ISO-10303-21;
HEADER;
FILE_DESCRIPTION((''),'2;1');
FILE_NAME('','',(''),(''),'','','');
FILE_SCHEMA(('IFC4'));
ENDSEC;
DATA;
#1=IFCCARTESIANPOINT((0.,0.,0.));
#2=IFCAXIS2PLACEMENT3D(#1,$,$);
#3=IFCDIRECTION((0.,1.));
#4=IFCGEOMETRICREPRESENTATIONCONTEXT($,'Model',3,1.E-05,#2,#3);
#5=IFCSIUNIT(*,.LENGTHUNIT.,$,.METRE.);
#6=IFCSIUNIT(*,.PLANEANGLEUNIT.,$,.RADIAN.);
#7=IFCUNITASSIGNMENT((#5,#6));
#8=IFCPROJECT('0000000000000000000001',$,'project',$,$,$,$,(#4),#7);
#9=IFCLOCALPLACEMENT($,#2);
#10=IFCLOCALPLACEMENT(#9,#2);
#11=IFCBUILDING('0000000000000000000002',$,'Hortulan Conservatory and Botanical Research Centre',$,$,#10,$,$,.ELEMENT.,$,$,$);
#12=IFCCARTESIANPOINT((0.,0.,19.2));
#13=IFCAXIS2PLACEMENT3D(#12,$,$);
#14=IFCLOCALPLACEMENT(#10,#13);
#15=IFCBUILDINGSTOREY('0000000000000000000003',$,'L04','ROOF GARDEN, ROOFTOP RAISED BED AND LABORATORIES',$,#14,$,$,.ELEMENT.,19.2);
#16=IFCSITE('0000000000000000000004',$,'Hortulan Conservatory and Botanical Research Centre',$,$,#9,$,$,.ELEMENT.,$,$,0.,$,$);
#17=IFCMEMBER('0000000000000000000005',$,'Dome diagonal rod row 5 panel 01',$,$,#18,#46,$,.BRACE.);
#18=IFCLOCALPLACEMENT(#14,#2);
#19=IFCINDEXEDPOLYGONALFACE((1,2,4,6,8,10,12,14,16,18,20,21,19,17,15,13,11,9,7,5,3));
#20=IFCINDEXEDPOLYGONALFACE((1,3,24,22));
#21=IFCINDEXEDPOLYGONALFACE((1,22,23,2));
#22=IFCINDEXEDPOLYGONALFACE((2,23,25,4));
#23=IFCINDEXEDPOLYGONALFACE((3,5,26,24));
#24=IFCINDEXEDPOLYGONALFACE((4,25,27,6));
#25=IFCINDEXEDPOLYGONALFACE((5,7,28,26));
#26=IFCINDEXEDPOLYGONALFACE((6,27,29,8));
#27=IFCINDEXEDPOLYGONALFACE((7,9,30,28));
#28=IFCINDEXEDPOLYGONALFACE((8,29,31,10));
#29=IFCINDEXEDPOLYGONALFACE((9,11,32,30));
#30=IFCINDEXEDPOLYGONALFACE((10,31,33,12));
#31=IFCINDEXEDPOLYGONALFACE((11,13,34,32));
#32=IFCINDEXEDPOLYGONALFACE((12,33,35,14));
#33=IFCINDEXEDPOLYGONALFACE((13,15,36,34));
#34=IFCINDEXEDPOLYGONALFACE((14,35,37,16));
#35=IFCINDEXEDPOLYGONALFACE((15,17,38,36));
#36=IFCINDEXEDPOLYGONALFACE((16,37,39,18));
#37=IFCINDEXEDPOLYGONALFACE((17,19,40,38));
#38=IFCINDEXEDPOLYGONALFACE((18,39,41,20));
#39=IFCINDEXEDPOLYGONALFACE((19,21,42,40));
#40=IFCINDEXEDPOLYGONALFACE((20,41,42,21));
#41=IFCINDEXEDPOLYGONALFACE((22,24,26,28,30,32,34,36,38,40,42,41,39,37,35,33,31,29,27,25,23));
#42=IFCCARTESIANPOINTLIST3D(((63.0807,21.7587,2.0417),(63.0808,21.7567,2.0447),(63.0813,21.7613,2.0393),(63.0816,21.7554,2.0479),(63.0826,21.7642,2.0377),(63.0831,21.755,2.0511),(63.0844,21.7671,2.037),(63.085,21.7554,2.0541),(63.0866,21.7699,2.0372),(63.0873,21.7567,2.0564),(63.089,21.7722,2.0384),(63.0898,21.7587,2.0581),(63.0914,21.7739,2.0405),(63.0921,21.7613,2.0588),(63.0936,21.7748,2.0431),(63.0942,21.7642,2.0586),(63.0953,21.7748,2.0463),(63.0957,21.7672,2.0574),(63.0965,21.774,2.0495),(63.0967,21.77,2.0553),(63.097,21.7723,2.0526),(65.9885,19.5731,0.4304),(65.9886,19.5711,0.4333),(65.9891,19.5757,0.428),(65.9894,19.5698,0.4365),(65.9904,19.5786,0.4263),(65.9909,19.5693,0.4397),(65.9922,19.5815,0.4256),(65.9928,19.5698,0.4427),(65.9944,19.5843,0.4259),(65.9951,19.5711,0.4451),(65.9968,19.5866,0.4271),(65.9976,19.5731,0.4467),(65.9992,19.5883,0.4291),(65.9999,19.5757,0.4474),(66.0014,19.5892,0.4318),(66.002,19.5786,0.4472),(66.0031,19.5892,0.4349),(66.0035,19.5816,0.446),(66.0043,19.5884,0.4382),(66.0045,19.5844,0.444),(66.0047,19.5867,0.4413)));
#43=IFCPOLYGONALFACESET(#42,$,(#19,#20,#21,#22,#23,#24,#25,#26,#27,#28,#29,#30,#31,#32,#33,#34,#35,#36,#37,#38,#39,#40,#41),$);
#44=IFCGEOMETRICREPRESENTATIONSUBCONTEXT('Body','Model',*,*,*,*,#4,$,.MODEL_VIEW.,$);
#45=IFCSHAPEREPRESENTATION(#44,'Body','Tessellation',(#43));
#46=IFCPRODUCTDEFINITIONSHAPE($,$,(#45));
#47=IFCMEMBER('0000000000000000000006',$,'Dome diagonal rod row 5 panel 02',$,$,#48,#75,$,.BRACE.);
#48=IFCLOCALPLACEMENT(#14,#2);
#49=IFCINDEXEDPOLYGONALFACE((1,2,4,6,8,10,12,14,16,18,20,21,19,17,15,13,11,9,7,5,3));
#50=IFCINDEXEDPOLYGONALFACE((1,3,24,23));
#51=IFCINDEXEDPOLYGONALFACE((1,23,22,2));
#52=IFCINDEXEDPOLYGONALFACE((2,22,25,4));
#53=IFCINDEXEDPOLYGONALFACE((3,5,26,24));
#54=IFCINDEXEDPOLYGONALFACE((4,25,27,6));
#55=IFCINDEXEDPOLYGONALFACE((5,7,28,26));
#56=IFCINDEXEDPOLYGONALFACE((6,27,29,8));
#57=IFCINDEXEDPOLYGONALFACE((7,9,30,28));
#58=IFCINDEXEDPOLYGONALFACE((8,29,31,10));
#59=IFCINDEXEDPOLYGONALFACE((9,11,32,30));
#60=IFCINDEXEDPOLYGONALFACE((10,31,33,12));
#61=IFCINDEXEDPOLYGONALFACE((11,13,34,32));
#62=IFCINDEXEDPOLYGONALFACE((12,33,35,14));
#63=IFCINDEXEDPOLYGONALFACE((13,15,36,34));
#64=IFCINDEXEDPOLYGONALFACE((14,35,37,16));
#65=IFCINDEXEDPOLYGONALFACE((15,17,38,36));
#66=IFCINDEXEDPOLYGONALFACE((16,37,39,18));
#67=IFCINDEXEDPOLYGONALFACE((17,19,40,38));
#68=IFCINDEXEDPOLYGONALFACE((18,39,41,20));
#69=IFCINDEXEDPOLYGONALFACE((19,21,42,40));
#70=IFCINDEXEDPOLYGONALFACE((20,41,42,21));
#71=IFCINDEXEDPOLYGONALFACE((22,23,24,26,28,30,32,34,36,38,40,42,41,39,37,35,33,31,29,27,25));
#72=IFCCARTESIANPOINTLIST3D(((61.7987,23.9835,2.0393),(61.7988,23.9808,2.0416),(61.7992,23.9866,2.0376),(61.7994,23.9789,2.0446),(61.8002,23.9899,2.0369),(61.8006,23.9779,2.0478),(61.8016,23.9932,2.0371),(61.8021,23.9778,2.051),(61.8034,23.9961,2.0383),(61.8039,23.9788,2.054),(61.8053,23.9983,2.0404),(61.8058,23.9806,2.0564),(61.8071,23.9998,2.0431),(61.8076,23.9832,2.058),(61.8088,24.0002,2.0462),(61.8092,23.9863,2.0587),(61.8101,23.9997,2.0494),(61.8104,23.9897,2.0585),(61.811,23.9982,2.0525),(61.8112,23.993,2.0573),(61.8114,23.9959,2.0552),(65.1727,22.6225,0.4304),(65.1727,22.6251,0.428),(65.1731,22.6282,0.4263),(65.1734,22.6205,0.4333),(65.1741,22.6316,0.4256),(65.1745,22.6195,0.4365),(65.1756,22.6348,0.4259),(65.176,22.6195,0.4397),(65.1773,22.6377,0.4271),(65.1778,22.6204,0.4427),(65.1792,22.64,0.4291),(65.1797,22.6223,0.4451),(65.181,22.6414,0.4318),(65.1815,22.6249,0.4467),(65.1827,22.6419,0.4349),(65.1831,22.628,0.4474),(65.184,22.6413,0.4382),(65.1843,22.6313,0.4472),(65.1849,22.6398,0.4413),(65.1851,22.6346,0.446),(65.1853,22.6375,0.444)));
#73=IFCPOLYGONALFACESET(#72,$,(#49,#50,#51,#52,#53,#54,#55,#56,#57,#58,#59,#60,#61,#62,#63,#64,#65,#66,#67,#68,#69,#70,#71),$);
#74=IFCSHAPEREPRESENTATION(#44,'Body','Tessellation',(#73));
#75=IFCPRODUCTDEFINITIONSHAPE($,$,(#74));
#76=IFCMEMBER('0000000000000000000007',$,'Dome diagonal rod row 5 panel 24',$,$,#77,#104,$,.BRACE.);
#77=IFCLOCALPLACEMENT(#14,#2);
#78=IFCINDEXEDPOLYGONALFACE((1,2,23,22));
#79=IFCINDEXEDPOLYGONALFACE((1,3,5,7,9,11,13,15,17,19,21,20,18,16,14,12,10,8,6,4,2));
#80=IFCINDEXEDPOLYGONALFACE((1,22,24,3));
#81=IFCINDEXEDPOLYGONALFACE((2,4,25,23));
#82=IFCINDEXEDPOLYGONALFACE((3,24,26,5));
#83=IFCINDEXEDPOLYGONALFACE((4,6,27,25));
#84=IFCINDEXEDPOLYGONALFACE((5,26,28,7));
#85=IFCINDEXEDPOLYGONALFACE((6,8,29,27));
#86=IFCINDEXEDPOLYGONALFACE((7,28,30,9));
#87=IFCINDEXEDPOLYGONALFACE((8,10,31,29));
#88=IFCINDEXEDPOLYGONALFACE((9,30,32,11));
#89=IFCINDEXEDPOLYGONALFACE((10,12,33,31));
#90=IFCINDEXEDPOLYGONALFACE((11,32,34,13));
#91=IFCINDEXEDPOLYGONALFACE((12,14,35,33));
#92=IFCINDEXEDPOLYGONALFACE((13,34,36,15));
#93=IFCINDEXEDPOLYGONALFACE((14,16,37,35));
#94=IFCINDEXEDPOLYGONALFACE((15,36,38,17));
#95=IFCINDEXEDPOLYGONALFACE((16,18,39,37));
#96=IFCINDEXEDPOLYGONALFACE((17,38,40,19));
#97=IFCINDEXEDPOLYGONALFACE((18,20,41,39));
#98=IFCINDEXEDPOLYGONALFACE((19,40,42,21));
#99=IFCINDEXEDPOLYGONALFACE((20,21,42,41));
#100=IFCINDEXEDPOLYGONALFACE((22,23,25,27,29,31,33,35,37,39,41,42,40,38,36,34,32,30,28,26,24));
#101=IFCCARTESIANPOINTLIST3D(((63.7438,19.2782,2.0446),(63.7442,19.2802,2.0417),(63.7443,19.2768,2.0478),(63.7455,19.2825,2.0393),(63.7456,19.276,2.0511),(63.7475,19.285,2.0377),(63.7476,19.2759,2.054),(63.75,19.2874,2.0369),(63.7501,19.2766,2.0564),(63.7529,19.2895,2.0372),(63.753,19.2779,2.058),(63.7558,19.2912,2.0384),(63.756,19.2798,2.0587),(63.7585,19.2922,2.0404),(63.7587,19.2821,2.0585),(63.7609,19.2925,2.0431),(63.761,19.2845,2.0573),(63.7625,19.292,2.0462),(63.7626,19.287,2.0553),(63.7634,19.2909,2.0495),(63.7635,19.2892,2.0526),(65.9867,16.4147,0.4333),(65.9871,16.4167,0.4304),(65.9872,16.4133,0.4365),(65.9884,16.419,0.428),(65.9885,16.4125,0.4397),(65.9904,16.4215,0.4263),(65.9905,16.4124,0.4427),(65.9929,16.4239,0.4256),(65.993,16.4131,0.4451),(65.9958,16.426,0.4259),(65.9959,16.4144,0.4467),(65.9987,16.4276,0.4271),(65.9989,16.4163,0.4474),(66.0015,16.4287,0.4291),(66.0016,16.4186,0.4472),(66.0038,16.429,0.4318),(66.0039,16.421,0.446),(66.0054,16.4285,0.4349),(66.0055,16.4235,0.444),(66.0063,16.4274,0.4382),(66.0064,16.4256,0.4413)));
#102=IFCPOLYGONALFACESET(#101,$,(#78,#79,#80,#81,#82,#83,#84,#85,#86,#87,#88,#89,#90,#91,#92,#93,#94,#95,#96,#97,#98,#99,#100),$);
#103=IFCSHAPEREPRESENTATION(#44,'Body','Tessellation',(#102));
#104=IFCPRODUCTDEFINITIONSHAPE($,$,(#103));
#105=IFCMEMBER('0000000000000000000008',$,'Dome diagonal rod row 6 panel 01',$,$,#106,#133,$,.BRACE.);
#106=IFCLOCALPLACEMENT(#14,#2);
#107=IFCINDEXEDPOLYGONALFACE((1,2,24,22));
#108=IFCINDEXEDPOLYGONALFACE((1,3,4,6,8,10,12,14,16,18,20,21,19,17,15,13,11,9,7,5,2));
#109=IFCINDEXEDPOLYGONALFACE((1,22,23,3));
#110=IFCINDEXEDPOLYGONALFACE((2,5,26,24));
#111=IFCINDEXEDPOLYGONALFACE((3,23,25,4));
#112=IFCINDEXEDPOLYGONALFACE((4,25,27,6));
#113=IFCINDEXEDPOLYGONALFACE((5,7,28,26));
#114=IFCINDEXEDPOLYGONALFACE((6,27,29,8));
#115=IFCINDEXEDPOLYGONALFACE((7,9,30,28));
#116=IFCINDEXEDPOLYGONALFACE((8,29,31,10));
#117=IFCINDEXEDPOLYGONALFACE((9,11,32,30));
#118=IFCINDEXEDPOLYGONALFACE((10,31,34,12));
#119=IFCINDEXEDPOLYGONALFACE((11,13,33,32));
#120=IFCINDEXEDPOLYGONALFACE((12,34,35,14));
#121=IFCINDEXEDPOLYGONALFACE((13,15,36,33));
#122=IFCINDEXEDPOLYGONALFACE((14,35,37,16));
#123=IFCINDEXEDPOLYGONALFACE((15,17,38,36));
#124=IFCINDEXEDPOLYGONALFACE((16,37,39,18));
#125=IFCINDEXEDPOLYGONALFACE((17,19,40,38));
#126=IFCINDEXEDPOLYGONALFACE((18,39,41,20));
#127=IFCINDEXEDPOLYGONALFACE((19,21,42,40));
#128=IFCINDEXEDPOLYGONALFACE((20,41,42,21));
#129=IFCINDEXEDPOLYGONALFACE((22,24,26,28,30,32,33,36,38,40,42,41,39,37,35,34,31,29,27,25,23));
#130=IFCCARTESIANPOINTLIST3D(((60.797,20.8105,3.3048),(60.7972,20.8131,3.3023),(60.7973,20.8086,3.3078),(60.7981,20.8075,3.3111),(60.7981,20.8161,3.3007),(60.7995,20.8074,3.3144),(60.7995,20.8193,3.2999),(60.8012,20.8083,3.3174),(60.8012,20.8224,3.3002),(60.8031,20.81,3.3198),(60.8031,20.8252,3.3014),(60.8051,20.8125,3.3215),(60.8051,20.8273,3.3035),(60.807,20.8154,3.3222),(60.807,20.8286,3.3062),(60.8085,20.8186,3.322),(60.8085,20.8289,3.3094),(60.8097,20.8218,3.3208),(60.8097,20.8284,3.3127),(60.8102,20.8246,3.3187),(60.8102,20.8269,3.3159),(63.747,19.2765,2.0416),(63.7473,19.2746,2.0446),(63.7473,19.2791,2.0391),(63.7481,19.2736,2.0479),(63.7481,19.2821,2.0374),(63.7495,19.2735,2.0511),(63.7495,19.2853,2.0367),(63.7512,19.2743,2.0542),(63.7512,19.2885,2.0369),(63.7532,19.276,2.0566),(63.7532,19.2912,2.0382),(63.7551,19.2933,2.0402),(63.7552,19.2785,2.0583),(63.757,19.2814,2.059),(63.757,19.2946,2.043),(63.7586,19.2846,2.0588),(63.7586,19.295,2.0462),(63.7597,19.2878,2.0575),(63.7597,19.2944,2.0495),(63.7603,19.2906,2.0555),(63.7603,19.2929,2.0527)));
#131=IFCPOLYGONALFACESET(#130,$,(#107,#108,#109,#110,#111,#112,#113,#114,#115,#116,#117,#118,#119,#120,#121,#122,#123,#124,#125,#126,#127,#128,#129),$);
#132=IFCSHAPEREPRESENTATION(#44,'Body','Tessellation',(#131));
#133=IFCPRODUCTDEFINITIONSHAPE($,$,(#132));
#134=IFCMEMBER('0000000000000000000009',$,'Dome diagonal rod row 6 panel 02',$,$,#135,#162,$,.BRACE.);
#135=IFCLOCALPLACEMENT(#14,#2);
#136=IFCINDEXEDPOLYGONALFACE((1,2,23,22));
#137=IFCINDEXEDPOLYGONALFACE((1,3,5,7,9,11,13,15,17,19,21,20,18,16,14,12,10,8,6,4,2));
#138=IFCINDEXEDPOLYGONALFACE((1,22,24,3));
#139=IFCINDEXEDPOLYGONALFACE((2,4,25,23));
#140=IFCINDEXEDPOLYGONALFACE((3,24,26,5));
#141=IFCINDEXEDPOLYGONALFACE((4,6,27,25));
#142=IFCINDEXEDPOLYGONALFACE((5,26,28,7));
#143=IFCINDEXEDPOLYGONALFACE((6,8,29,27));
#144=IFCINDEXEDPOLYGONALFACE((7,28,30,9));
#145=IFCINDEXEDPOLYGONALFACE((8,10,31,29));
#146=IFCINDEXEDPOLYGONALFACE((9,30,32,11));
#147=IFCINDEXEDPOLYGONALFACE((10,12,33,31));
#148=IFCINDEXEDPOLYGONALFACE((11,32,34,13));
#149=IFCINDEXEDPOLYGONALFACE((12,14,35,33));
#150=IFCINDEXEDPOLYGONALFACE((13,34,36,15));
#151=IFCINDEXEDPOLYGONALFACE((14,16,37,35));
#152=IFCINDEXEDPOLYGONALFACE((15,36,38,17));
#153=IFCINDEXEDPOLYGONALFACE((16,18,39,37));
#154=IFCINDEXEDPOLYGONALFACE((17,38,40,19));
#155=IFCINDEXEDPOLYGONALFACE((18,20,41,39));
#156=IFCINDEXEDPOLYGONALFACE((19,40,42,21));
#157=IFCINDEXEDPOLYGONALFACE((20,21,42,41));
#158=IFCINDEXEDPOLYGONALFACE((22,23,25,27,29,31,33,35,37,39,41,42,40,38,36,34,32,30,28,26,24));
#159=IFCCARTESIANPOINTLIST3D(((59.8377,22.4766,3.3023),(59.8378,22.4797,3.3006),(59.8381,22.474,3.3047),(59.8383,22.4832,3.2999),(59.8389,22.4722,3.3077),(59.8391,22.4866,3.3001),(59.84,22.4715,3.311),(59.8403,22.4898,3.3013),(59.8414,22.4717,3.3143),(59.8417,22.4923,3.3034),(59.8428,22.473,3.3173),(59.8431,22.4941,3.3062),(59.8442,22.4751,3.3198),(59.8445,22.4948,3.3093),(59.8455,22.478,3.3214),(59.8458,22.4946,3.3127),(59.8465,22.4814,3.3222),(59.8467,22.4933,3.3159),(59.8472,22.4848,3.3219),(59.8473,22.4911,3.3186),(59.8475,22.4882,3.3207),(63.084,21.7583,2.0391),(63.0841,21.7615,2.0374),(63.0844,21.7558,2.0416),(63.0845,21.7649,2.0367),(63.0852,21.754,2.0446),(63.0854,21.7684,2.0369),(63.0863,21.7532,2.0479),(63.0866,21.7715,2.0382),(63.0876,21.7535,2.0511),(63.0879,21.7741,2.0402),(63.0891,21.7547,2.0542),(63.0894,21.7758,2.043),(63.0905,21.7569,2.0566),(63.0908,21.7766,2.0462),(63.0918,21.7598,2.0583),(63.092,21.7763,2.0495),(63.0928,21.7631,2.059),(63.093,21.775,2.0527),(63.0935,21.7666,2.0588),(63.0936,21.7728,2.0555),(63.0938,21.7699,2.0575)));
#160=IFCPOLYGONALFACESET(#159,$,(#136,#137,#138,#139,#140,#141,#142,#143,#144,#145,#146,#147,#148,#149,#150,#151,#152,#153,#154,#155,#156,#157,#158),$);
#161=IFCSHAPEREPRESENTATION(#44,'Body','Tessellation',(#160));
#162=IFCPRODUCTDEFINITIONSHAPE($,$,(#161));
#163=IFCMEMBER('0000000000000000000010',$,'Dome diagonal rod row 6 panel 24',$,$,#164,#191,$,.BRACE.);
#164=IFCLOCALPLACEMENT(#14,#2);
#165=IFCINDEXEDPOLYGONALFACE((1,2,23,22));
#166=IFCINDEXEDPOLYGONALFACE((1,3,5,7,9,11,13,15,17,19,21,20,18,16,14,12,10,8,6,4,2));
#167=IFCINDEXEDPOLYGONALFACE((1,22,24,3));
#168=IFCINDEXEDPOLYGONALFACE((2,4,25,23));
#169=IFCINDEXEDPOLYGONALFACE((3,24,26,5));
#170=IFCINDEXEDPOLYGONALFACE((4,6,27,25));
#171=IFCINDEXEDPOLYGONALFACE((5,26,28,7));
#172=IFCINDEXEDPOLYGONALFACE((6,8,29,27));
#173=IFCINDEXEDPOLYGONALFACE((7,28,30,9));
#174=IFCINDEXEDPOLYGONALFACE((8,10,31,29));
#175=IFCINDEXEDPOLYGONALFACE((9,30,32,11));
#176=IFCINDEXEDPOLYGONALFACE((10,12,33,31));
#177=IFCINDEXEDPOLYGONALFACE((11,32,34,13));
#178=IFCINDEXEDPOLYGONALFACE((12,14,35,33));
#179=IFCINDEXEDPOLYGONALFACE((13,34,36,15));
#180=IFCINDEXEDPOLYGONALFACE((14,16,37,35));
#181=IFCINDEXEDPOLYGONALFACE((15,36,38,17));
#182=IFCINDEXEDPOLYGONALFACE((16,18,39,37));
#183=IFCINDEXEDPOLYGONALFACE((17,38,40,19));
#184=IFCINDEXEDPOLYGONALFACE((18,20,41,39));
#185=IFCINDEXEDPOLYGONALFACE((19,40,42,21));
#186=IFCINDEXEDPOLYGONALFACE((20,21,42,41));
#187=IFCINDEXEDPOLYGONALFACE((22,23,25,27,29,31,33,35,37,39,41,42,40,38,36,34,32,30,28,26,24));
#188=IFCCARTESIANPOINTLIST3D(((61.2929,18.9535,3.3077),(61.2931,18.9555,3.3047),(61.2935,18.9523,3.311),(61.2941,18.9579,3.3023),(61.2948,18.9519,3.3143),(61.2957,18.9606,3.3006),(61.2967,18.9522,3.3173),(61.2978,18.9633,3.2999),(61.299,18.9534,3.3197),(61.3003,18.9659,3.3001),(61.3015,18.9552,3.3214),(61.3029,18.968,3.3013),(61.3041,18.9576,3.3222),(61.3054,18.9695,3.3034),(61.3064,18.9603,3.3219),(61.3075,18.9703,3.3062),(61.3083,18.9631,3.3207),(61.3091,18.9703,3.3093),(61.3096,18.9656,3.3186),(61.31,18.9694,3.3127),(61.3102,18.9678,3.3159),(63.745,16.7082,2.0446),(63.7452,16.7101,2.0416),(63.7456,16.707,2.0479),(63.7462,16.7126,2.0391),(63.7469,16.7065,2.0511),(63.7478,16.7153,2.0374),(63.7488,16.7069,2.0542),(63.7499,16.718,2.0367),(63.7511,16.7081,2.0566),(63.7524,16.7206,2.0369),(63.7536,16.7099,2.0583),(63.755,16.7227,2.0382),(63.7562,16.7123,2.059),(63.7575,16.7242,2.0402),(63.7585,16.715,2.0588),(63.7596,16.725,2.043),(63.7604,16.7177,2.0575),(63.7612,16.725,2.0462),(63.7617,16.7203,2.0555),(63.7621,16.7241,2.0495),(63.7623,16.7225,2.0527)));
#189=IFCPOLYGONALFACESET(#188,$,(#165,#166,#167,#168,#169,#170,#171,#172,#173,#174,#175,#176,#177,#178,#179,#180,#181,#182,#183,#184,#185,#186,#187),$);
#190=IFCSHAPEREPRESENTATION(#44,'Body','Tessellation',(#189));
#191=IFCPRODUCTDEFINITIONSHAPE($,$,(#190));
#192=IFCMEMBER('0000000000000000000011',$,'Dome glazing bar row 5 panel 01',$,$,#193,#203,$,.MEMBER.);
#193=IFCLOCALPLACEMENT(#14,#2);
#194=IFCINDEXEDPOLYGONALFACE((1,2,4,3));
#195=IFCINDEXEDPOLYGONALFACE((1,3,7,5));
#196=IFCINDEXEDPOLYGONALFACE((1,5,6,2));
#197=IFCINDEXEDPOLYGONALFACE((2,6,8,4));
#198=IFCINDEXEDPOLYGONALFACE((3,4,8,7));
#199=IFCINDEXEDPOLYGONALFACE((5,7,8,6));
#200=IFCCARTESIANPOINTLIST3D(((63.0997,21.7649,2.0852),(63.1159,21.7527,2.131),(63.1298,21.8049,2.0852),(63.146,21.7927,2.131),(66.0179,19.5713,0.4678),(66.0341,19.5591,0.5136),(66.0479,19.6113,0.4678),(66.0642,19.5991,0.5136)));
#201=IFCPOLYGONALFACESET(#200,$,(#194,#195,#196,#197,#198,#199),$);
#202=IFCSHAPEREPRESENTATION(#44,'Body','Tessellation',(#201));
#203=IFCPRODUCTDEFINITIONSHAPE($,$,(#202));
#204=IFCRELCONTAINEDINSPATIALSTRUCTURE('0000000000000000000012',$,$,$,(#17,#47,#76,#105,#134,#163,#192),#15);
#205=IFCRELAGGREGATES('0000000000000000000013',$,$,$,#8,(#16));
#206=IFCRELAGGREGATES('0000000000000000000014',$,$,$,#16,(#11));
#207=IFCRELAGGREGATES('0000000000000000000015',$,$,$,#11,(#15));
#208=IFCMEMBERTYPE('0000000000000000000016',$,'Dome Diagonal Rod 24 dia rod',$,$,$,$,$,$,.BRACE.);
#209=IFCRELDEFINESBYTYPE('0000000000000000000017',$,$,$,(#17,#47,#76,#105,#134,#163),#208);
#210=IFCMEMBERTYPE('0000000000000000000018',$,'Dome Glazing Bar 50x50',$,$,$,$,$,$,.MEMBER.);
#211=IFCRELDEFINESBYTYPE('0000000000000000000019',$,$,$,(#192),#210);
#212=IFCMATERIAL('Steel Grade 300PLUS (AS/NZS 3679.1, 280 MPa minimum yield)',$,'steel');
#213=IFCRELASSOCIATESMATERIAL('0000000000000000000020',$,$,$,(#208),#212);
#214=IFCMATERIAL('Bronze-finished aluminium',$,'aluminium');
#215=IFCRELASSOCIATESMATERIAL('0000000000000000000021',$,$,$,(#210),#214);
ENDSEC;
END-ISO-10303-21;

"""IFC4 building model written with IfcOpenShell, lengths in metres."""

from ifc_helpers import new_model, si_unit, direction, frame, origin, origin_2d, place, context, subcontext, project, spatial, rectangle, circle, extrude, material, material_profile, profile_set, type_object, element, save


model = new_model("IFC4")

# Units and contexts
model_context = context("Model", 3, precision=1e-05, world=origin(), true_north=direction((0.0, 1.0)))
body_context = subcontext(model_context, "Body", "Model", "MODEL_VIEW")
ifc_project = project(units=[si_unit("LENGTHUNIT", "METRE"), si_unit("PLANEANGLEUNIT", "RADIAN")], contexts=[model_context])

# Site, building, storey
site_placement = place(None, origin())
site = spatial("IfcSite", under=ifc_project, at=site_placement, Name="Hortulan Conservatory and Botanical Research Centre", CompositionType="ELEMENT", RefElevation=0.0)
building_placement = place(site_placement, origin())
building = spatial("IfcBuilding", under=site, at=building_placement, Name="Hortulan Conservatory and Botanical Research Centre", CompositionType="ELEMENT")
storey_placement = place(building_placement, frame((0.0, 0.0, 19.2)))
storey = spatial("IfcBuildingStorey", under=building, at=storey_placement, Name="L04", Description="ROOF GARDEN, ROOFTOP RAISED BED AND LABORATORIES", CompositionType="ELEMENT", Elevation=19.2)

# Members
ifc_material_1 = material(Name="Steel Grade 300PLUS (AS/NZS 3679.1, 280 MPa minimum yield)", Category="steel")
ifc_material_profile_1 = material_profile(ifc_material_1, circle(Radius=0.012, at=origin_2d()), Name="24 dia rod")
ifc_profile_set_1 = profile_set([ifc_material_profile_1], Name="Steel Grade 300PLUS (AS/NZS 3679.1, 280 MPa minimum yield)")
member_type_1 = type_object("IfcMemberType", Name="Dome Diagonal Rod 24 dia rod", PredefinedType="BRACE", material=ifc_profile_set_1)
member_1_placement = place(storey_placement, frame((65.9966, 19.5793, 0.4365), z_axis=(-0.730872, 0.549351, 0.405017), x_axis=(-0.600837, -0.799371, 0.0)))
element("IfcMember", 1, at=member_1_placement, inside=storey, type_object=member_type_1, Name="Dome diagonal rod row 5 panel 01", PredefinedType="BRACE", context=body_context, shape_type="SweptSolid", body=[
    extrude(circle(Radius=0.012, at=origin_2d()), origin(), (0.0, 0.0, 1.0), 3.9785),
])
member_2_placement = place(storey_placement, frame((65.179, 22.6306, 0.4365), z_axis=(-0.848139, 0.341465, 0.405045), x_axis=(-0.373473, -0.927641, 0.0)))
element("IfcMember", 2, at=member_2_placement, inside=storey, type_object=member_type_1, Name="Dome diagonal rod row 5 panel 02", PredefinedType="BRACE", context=body_context, shape_type="SweptSolid", body=[
    extrude(circle(Radius=0.012, at=origin_2d()), origin(), (0.0, 0.0, 1.0), 3.978),
])
member_3_placement = place(storey_placement, frame((65.9966, 16.4207, 0.4365), z_axis=(-0.563789, 0.719787, 0.40503), x_axis=(-0.787251, -0.616632, 0.0)))
element("IfcMember", 3, at=member_3_placement, inside=storey, type_object=member_type_1, Name="Dome diagonal rod row 5 panel 24", PredefinedType="BRACE", context=body_context, shape_type="SweptSolid", body=[
    extrude(circle(Radius=0.012, at=origin_2d()), origin(), (0.0, 0.0, 1.0), 3.9783),
])
member_4_placement = place(storey_placement, frame((63.7537, 19.2842, 2.0479), z_axis=(-0.829384, 0.431269, 0.355146), x_axis=(-0.461343, -0.887222, 0.0)))
element("IfcMember", 4, at=member_4_placement, inside=storey, type_object=member_type_1, Name="Dome diagonal rod row 6 panel 01", PredefinedType="BRACE", context=body_context, shape_type="SweptSolid", body=[
    extrude(circle(Radius=0.012, at=origin_2d()), origin(), (0.0, 0.0, 1.0), 3.5569),
])
for number, where, z_axis, x_axis, name in (
    (5, (63.0889, 21.7649, 2.0479), (-0.912734, 0.201945, 0.355154), (-0.216028, -0.976387, 0.0), "Dome diagonal rod row 6 panel 02"),
    (6, (63.7537, 16.7158, 2.0479), (-0.689439, 0.6313, 0.355153), (-0.675326, -0.73752, 0.0), "Dome diagonal rod row 6 panel 24"),
):
    element("IfcMember", number, at=place(storey_placement, frame(where, z_axis=z_axis, x_axis=x_axis)), inside=storey, type_object=member_type_1, Name=name, PredefinedType="BRACE", context=body_context, shape_type="SweptSolid", body=[
        extrude(circle(Radius=0.012, at=origin_2d()), origin(), (0.0, 0.0, 1.0), 3.5566),
    ])
ifc_material_2 = material(Name="Bronze-finished aluminium", Category="aluminium")
ifc_material_profile_2 = material_profile(ifc_material_2, rectangle(XDim=0.05, YDim=0.05, at=origin_2d()), Name="Square bar 50x50")
ifc_profile_set_2 = profile_set([ifc_material_profile_2], Name="Bronze-finished aluminium")
member_type_2 = type_object("IfcMemberType", Name="Dome Glazing Bar 50x50", PredefinedType="MEMBER", material=ifc_profile_set_2)
for number, where, z_axis, x_axis, name in (
    (7, (66.041, 19.5852, 0.4907), (-0.730834, 0.549364, 0.405068), (-0.600866, -0.79935, 0.0), "Dome glazing bar row 5 panel 01"),
):
    element("IfcMember", number, at=place(storey_placement, frame(where, z_axis=z_axis, x_axis=x_axis)), inside=storey, type_object=member_type_2, Name=name, PredefinedType="MEMBER", context=body_context, shape_type="SweptSolid", body=[
        extrude(rectangle(XDim=0.05, YDim=0.05, at=origin_2d()), origin(), (0.0, 0.0, 1.0), 3.9929),
    ])

save(model, "model.ifc")
